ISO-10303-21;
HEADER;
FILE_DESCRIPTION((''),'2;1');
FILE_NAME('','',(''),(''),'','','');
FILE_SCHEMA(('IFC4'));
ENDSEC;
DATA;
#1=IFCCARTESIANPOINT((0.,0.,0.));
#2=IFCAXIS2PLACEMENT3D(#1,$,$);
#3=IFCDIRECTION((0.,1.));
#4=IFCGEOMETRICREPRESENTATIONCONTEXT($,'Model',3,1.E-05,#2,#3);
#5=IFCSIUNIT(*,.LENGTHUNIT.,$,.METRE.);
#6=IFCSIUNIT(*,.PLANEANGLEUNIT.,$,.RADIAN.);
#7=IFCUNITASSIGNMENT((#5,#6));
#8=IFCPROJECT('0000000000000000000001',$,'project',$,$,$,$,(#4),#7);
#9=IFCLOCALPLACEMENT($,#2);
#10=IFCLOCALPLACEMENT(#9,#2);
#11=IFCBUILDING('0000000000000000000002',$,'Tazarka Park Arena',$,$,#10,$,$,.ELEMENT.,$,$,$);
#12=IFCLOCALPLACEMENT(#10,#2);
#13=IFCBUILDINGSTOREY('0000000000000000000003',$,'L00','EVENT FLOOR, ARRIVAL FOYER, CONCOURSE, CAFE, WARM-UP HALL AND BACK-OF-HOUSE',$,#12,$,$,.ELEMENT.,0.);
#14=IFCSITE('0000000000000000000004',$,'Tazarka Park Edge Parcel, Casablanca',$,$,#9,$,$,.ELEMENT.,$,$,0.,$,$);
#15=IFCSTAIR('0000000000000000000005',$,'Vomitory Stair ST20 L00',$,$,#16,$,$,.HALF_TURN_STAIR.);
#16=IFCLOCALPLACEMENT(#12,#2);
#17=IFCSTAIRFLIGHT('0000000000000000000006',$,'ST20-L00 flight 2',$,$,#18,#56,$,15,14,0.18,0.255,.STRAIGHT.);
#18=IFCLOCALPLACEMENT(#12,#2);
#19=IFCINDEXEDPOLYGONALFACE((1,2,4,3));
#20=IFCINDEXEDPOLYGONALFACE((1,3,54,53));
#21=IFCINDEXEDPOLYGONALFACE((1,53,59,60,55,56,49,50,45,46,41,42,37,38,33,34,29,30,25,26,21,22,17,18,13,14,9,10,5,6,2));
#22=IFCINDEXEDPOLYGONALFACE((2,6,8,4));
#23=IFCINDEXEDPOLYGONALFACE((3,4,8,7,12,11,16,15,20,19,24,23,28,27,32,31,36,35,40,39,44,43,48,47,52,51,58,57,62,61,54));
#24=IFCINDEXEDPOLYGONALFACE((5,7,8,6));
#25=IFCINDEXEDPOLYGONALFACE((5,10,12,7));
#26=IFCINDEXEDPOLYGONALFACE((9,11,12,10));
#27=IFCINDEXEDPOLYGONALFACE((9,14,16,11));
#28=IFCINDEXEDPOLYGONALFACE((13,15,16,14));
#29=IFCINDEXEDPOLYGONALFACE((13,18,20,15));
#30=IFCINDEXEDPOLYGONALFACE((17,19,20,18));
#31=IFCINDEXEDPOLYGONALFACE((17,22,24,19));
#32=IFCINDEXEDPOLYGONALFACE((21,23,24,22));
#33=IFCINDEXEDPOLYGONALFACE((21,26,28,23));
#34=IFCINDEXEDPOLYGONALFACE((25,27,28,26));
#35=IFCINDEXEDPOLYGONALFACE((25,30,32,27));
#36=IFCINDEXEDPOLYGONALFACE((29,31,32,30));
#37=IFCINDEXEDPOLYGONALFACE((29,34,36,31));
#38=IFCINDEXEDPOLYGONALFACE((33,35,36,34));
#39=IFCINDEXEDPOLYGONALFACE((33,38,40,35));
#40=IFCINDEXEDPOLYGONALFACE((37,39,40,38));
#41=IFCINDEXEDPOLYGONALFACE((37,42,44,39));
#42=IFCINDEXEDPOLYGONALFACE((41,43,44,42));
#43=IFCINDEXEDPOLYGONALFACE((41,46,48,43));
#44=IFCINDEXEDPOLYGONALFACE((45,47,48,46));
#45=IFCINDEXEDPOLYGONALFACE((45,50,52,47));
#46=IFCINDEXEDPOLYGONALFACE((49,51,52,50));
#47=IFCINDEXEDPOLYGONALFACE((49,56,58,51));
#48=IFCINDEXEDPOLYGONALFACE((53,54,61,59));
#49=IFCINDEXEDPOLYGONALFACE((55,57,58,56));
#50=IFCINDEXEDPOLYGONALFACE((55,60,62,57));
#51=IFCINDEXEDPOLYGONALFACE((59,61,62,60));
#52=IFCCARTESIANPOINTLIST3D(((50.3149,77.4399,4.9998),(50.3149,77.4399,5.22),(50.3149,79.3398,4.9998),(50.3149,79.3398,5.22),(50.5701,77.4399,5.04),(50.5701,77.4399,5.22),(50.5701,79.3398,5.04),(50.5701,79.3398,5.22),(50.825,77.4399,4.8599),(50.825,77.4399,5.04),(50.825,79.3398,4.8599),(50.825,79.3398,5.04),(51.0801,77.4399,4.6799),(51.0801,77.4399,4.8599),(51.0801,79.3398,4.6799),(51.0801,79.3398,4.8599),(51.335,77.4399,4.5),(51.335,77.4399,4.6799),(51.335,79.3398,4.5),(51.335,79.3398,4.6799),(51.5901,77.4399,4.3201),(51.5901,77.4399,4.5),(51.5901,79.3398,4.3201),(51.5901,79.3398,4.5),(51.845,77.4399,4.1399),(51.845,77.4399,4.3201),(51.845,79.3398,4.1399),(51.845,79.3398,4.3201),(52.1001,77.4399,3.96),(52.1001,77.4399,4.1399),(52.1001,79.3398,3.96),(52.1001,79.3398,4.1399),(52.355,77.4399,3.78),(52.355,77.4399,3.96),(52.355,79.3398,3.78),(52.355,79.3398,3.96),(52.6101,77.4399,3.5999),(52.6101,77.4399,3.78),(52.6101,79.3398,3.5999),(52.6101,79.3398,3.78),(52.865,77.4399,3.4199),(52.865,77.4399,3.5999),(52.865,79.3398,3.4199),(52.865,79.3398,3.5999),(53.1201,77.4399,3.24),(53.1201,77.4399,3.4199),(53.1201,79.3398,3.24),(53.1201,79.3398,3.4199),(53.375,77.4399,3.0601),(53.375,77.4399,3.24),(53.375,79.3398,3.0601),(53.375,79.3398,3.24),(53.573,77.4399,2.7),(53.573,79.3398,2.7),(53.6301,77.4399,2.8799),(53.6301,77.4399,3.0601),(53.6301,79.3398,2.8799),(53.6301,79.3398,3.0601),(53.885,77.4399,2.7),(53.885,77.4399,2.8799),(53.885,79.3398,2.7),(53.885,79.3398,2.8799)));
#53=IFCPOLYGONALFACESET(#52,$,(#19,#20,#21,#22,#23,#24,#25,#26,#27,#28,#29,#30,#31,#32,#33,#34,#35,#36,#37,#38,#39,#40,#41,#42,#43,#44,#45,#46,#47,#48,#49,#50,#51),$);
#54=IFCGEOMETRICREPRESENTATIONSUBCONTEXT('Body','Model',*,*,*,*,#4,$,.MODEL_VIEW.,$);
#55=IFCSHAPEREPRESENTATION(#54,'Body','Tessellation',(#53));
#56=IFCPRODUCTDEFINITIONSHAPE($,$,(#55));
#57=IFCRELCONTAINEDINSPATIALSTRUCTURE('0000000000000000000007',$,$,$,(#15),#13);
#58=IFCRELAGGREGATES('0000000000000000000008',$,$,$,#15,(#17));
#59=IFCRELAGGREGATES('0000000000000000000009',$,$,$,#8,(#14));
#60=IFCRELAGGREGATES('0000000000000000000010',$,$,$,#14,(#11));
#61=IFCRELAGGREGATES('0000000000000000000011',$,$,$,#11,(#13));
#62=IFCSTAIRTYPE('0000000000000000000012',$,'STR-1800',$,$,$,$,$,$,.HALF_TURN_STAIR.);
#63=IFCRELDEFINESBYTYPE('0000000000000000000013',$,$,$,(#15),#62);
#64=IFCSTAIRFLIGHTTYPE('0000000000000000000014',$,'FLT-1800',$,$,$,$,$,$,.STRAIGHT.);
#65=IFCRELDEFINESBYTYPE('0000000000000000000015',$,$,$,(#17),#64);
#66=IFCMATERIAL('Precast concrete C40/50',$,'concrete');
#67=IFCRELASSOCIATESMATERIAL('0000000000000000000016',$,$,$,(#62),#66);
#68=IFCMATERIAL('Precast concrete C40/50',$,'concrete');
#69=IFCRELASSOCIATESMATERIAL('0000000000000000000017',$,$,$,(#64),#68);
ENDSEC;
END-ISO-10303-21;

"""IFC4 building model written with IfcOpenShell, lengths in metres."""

from ifc_helpers import new_model, si_unit, direction, frame, origin, place, context, subcontext, project, spatial, polyline, outline, extrude, material, type_object, element, aggregate, save


model = new_model("IFC4")

# Units and contexts
model_context = context("Model", 3, precision=1e-05, world=origin(), true_north=direction((0.0, 1.0)))
body_context = subcontext(model_context, "Body", "Model", "MODEL_VIEW")
ifc_project = project(units=[si_unit("LENGTHUNIT", "METRE"), si_unit("PLANEANGLEUNIT", "RADIAN")], contexts=[model_context])

# Site, building, storey
site_placement = place(None, origin())
site = spatial("IfcSite", under=ifc_project, at=site_placement, Name="Tazarka Park Edge Parcel, Casablanca", CompositionType="ELEMENT", RefElevation=0.0)
building_placement = place(site_placement, origin())
building = spatial("IfcBuilding", under=site, at=building_placement, Name="Tazarka Park Arena", CompositionType="ELEMENT")
storey_placement = place(building_placement, origin())
storey = spatial("IfcBuildingStorey", under=building, at=storey_placement, Name="L00", Description="EVENT FLOOR, ARRIVAL FOYER, CONCOURSE, CAFE, WARM-UP HALL AND BACK-OF-HOUSE", CompositionType="ELEMENT", Elevation=0.0)

# Stair, stair flight
ifc_material_1 = material(Name="Precast concrete C40/50", Category="concrete")
stair_type = type_object("IfcStairType", Name="STR-1800", PredefinedType="HALF_TURN_STAIR", material=ifc_material_1)
stair_placement = place(storey_placement, origin())
stair = element("IfcStair", 1, at=stair_placement, inside=storey, type_object=stair_type, Name="Vomitory Stair ST20 L00", PredefinedType="HALF_TURN_STAIR")
ifc_material_2 = material(Name="Precast concrete C40/50", Category="concrete")
stair_flight_type = type_object("IfcStairFlightType", Name="FLT-1800", PredefinedType="STRAIGHT", material=ifc_material_2)
stair_flight_1_placement = place(storey_placement, frame((53.885, 78.3899, 2.7), z_axis=(0.0, 0.0, 1.0), x_axis=(-1.0, 0.0, 0.0)))
stair_flight_1 = element("IfcStairFlight", 2, at=stair_flight_1_placement, type_object=stair_flight_type, Name="ST20-L00 flight 2", NumberOfRisers=15, NumberOfTreads=14, PredefinedType="STRAIGHT", RiserHeight=0.18, TreadLength=0.255, context=body_context, shape_type="SweptSolid", body=[
    extrude(outline(polyline([(0.0, 0.0), (0.0, 0.1799), (0.2549, 0.1799), (0.2549, 0.3601), (0.51, 0.3601), (0.51, 0.54), (0.7649, 0.54), (0.7649, 0.72), (1.02, 0.72), (1.02, 0.8999), (1.2749, 0.8999), (1.2749, 1.0801), (1.53, 1.0801), (1.53, 1.26), (1.7849, 1.26), (1.7849, 1.4399), (2.04, 1.4399), (2.04, 1.6201), (2.2949, 1.6201), (2.2949, 1.8), (2.55, 1.8), (2.55, 1.98), (2.8049, 1.98), (2.8049, 2.1599), (3.0601, 2.1599), (3.0601, 2.3401), (3.3149, 2.3401), (3.3149, 2.52), (3.5701, 2.52), (3.5701, 2.7), (3.5701, 2.2998), (0.312, 0.0), (0.0, 0.0)])), frame((0.0, 0.95, 0.0), z_axis=(0.0, -1.0, 0.0), x_axis=(1.0, 0.0, 0.0)), (0.0, 0.0, 1.0), 1.8999),
])
aggregate(stair, [stair_flight_1])

save(model, "model.ifc")
